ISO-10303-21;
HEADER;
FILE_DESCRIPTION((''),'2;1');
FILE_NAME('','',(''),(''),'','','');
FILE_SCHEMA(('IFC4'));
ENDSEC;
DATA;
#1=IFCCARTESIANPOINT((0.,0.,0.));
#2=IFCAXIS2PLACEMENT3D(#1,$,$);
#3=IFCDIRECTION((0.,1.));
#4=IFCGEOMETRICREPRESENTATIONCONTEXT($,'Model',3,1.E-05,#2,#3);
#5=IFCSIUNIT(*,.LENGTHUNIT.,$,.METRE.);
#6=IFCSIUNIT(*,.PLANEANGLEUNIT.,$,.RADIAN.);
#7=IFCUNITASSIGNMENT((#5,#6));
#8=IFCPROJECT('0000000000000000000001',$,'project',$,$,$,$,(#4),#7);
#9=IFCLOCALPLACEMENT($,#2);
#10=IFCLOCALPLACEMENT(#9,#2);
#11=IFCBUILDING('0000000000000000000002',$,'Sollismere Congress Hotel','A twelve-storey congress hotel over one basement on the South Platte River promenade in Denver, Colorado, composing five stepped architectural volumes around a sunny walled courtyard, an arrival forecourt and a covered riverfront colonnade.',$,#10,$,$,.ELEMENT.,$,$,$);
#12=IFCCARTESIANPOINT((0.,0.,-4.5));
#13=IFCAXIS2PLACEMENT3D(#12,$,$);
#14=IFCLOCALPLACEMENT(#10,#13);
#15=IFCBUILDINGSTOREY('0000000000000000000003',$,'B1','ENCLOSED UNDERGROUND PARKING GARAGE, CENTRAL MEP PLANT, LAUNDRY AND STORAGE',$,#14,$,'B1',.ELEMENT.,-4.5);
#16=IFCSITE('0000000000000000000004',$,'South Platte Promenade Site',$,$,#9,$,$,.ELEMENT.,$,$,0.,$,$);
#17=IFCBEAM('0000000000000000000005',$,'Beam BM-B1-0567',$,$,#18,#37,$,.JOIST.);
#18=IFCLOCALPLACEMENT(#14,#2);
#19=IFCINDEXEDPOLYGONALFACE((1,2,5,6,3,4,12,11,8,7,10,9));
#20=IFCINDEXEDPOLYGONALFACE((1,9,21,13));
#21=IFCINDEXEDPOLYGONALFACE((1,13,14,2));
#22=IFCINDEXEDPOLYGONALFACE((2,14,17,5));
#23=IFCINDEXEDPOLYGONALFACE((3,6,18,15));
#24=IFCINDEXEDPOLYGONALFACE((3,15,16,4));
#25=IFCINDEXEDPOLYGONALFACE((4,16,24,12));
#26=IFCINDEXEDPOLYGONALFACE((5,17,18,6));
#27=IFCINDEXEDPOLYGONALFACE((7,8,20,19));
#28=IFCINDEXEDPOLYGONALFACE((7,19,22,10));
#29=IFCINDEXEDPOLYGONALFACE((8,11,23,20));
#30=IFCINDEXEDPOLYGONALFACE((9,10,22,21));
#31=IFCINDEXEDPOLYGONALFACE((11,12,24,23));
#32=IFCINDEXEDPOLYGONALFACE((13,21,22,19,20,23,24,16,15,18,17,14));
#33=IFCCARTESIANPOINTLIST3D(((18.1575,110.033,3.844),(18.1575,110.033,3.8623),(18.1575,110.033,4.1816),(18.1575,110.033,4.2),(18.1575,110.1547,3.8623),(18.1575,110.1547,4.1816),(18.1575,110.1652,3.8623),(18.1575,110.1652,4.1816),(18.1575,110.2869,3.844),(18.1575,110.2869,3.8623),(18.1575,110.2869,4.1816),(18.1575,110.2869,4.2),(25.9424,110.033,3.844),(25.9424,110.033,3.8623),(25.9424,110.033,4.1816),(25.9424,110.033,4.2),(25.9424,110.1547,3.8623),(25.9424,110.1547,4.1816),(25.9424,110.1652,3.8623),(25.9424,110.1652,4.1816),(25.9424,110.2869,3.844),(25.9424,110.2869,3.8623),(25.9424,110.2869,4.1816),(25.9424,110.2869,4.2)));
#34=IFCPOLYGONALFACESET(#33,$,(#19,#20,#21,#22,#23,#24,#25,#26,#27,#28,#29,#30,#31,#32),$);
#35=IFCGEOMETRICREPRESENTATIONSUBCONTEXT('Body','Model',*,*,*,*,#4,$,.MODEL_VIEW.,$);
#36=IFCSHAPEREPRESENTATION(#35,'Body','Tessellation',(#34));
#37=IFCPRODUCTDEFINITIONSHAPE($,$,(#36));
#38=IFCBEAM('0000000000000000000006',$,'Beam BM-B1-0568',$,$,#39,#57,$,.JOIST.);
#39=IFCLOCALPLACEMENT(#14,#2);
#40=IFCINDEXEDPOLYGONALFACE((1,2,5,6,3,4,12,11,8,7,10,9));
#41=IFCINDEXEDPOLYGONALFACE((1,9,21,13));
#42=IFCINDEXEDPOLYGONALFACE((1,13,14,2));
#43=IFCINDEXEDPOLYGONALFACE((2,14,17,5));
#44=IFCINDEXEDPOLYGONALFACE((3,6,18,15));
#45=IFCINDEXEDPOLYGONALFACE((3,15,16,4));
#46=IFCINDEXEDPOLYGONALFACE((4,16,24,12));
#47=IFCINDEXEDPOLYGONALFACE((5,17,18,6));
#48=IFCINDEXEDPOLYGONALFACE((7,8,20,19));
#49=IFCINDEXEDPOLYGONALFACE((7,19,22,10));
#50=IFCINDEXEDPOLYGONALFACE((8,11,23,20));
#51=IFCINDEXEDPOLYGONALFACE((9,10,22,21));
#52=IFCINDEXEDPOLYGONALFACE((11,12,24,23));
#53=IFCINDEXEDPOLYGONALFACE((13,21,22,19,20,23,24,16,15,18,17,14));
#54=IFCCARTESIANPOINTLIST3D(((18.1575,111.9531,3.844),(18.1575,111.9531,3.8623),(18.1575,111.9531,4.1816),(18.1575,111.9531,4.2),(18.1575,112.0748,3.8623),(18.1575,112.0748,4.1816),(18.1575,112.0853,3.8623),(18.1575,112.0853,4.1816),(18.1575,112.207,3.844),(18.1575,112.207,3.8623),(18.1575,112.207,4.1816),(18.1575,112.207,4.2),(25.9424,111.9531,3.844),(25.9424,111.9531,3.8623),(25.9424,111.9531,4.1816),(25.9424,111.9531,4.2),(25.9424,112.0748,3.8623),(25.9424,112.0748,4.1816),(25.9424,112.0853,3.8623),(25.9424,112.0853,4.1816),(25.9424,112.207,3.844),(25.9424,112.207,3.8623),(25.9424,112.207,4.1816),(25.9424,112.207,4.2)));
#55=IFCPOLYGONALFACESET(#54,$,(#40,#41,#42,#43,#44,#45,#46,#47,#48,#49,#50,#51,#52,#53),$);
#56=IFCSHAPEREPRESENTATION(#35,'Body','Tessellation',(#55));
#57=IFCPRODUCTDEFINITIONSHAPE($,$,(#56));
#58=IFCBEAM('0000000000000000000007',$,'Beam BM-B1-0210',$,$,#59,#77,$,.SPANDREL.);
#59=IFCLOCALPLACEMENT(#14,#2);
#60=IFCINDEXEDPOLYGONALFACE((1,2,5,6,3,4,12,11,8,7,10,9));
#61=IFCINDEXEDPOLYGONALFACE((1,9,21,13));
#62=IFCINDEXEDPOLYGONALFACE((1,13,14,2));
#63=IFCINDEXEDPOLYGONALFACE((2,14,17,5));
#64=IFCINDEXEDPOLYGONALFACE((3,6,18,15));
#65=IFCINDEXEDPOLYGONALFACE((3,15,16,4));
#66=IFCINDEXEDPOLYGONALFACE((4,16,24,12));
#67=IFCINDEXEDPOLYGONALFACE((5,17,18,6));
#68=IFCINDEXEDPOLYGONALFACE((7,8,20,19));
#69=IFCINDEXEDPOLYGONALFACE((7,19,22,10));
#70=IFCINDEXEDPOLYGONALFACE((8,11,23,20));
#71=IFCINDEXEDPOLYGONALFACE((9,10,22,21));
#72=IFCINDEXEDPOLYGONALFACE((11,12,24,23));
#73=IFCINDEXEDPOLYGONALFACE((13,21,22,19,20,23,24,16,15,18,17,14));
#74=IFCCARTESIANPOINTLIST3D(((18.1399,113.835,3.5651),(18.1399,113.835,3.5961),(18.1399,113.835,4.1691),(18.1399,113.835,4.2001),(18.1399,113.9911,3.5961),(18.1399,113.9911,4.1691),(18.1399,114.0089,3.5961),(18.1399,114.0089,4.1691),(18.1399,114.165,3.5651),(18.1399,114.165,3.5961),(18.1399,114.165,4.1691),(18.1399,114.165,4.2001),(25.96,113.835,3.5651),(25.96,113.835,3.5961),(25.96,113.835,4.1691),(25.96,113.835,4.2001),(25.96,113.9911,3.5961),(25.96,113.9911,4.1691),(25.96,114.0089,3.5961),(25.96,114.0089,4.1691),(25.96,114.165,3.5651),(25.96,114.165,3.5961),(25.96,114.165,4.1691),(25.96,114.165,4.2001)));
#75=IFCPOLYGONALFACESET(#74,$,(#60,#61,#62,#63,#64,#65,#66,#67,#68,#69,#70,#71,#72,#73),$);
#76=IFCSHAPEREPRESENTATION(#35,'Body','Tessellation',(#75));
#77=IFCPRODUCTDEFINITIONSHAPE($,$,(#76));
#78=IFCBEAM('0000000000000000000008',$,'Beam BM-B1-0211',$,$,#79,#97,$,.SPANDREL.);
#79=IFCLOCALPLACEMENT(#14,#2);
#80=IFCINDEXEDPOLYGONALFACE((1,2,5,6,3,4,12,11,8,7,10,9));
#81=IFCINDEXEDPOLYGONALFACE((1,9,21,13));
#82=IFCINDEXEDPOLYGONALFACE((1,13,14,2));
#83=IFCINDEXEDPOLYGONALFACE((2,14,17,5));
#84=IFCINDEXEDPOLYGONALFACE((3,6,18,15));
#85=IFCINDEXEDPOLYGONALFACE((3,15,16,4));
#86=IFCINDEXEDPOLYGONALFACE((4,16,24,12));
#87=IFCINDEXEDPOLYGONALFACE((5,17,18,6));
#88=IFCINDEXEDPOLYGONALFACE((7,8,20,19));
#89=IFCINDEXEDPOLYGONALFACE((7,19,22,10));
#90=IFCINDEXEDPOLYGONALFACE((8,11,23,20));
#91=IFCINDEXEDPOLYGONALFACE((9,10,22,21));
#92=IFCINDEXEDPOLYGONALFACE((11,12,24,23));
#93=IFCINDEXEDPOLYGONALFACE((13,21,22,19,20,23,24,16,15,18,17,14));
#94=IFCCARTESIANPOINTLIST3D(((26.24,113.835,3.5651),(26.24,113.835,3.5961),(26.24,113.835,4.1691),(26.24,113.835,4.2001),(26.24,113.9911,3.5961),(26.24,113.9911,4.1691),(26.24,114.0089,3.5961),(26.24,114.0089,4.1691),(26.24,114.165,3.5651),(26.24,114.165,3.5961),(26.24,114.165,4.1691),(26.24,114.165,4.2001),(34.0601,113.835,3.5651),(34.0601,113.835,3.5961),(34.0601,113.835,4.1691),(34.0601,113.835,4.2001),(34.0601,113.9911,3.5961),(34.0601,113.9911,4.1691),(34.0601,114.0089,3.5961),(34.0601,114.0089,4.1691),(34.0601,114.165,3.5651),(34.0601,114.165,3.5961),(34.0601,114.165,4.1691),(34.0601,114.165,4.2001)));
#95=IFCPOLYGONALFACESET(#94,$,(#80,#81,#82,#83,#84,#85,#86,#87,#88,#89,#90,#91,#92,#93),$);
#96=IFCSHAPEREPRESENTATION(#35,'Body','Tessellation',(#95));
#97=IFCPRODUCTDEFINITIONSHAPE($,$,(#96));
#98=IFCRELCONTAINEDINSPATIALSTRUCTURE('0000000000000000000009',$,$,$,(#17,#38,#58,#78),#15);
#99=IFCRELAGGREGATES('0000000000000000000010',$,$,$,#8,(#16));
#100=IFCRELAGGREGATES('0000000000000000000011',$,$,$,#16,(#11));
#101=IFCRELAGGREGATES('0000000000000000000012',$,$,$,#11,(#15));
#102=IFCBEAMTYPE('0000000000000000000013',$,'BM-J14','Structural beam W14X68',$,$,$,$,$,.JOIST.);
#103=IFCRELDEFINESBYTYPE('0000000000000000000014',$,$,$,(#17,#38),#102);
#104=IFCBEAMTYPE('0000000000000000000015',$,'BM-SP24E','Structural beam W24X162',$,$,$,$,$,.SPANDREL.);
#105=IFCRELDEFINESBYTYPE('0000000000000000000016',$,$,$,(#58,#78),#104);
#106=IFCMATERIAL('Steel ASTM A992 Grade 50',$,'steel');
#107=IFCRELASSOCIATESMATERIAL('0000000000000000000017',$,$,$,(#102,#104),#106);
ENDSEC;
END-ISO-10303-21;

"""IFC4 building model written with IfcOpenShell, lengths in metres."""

from ifc_helpers import new_model, si_unit, direction, frame, origin, origin_2d, place, context, subcontext, project, spatial, i_section, extrude, material, material_profile, profile_set, type_object, element, save


model = new_model("IFC4")

# Units and contexts
model_context = context("Model", 3, precision=1e-05, world=origin(), true_north=direction((0.0, 1.0)))
body_context = subcontext(model_context, "Body", "Model", "MODEL_VIEW")
ifc_project = project(units=[si_unit("LENGTHUNIT", "METRE"), si_unit("PLANEANGLEUNIT", "RADIAN")], contexts=[model_context])

# Site, building, storey
site_placement = place(None, origin())
site = spatial("IfcSite", under=ifc_project, at=site_placement, Name="South Platte Promenade Site", CompositionType="ELEMENT", RefElevation=0.0)
building_placement = place(site_placement, origin())
building = spatial("IfcBuilding", under=site, at=building_placement, Name="Sollismere Congress Hotel", Description="A twelve-storey congress hotel over one basement on the South Platte River promenade in Denver, Colorado, composing five stepped architectural volumes around a sunny walled courtyard, an arrival forecourt and a covered riverfront colonnade.", CompositionType="ELEMENT")
storey_placement = place(building_placement, frame((0.0, 0.0, -4.5)))
storey = spatial("IfcBuildingStorey", under=building, at=storey_placement, Name="B1", Description="ENCLOSED UNDERGROUND PARKING GARAGE, CENTRAL MEP PLANT, LAUNDRY AND STORAGE", LongName="B1", CompositionType="ELEMENT", Elevation=-4.5)

# Beams
ifc_material_1 = material(Name="Steel ASTM A992 Grade 50", Category="steel")
ifc_material_profile_1 = material_profile(ifc_material_1, i_section(OverallWidth=0.2539, OverallDepth=0.356, WebThickness=0.0105, FlangeThickness=0.0183, at=origin_2d()), Name="W14X68")
ifc_profile_set_1 = profile_set([ifc_material_profile_1], Name="Steel ASTM A992 Grade 50")
beam_type_1 = type_object("IfcBeamType", Name="BM-J14", Description="Structural beam W14X68", PredefinedType="JOIST", material=ifc_profile_set_1)
for number, where, z_axis, x_axis, name in (
    (1, (18.1575, 110.1599, 4.022), (1.0, 0.0, 0.0), (0.0, 1.0, 0.0), "Beam BM-B1-0567"),
    (2, (18.1575, 112.0801, 4.022), (1.0, 0.0, 0.0), (0.0, 1.0, 0.0), "Beam BM-B1-0568"),
):
    element("IfcBeam", number, at=place(storey_placement, frame(where, z_axis=z_axis, x_axis=x_axis)), inside=storey, type_object=beam_type_1, Name=name, PredefinedType="JOIST", context=body_context, shape_type="SweptSolid", body=[
        extrude(i_section(OverallWidth=0.2539, OverallDepth=0.356, WebThickness=0.0105, FlangeThickness=0.0183, at=origin_2d()), origin(), (0.0, 0.0, 1.0), 7.7849),
    ])
ifc_material_profile_2 = material_profile(ifc_material_1, i_section(OverallWidth=0.3301, OverallDepth=0.635, WebThickness=0.0178, FlangeThickness=0.031, at=origin_2d()), Name="W24X162")
ifc_profile_set_2 = profile_set([ifc_material_profile_2], Name="Steel ASTM A992 Grade 50")
beam_type_2 = type_object("IfcBeamType", Name="BM-SP24E", Description="Structural beam W24X162", PredefinedType="SPANDREL", material=ifc_profile_set_2)
for number, where, z_axis, x_axis, name in (
    (3, (18.1399, 114.0, 3.8826), (1.0, 0.0, 0.0), (0.0, 1.0, 0.0), "Beam BM-B1-0210"),
    (4, (26.24, 114.0, 3.8826), (1.0, 0.0, 0.0), (0.0, 1.0, 0.0), "Beam BM-B1-0211"),
):
    element("IfcBeam", number, at=place(storey_placement, frame(where, z_axis=z_axis, x_axis=x_axis)), inside=storey, type_object=beam_type_2, Name=name, PredefinedType="SPANDREL", context=body_context, shape_type="SweptSolid", body=[
        extrude(i_section(OverallWidth=0.3301, OverallDepth=0.635, WebThickness=0.0178, FlangeThickness=0.031, at=origin_2d()), origin(), (0.0, 0.0, 1.0), 7.8201),
    ])

save(model, "model.ifc")
